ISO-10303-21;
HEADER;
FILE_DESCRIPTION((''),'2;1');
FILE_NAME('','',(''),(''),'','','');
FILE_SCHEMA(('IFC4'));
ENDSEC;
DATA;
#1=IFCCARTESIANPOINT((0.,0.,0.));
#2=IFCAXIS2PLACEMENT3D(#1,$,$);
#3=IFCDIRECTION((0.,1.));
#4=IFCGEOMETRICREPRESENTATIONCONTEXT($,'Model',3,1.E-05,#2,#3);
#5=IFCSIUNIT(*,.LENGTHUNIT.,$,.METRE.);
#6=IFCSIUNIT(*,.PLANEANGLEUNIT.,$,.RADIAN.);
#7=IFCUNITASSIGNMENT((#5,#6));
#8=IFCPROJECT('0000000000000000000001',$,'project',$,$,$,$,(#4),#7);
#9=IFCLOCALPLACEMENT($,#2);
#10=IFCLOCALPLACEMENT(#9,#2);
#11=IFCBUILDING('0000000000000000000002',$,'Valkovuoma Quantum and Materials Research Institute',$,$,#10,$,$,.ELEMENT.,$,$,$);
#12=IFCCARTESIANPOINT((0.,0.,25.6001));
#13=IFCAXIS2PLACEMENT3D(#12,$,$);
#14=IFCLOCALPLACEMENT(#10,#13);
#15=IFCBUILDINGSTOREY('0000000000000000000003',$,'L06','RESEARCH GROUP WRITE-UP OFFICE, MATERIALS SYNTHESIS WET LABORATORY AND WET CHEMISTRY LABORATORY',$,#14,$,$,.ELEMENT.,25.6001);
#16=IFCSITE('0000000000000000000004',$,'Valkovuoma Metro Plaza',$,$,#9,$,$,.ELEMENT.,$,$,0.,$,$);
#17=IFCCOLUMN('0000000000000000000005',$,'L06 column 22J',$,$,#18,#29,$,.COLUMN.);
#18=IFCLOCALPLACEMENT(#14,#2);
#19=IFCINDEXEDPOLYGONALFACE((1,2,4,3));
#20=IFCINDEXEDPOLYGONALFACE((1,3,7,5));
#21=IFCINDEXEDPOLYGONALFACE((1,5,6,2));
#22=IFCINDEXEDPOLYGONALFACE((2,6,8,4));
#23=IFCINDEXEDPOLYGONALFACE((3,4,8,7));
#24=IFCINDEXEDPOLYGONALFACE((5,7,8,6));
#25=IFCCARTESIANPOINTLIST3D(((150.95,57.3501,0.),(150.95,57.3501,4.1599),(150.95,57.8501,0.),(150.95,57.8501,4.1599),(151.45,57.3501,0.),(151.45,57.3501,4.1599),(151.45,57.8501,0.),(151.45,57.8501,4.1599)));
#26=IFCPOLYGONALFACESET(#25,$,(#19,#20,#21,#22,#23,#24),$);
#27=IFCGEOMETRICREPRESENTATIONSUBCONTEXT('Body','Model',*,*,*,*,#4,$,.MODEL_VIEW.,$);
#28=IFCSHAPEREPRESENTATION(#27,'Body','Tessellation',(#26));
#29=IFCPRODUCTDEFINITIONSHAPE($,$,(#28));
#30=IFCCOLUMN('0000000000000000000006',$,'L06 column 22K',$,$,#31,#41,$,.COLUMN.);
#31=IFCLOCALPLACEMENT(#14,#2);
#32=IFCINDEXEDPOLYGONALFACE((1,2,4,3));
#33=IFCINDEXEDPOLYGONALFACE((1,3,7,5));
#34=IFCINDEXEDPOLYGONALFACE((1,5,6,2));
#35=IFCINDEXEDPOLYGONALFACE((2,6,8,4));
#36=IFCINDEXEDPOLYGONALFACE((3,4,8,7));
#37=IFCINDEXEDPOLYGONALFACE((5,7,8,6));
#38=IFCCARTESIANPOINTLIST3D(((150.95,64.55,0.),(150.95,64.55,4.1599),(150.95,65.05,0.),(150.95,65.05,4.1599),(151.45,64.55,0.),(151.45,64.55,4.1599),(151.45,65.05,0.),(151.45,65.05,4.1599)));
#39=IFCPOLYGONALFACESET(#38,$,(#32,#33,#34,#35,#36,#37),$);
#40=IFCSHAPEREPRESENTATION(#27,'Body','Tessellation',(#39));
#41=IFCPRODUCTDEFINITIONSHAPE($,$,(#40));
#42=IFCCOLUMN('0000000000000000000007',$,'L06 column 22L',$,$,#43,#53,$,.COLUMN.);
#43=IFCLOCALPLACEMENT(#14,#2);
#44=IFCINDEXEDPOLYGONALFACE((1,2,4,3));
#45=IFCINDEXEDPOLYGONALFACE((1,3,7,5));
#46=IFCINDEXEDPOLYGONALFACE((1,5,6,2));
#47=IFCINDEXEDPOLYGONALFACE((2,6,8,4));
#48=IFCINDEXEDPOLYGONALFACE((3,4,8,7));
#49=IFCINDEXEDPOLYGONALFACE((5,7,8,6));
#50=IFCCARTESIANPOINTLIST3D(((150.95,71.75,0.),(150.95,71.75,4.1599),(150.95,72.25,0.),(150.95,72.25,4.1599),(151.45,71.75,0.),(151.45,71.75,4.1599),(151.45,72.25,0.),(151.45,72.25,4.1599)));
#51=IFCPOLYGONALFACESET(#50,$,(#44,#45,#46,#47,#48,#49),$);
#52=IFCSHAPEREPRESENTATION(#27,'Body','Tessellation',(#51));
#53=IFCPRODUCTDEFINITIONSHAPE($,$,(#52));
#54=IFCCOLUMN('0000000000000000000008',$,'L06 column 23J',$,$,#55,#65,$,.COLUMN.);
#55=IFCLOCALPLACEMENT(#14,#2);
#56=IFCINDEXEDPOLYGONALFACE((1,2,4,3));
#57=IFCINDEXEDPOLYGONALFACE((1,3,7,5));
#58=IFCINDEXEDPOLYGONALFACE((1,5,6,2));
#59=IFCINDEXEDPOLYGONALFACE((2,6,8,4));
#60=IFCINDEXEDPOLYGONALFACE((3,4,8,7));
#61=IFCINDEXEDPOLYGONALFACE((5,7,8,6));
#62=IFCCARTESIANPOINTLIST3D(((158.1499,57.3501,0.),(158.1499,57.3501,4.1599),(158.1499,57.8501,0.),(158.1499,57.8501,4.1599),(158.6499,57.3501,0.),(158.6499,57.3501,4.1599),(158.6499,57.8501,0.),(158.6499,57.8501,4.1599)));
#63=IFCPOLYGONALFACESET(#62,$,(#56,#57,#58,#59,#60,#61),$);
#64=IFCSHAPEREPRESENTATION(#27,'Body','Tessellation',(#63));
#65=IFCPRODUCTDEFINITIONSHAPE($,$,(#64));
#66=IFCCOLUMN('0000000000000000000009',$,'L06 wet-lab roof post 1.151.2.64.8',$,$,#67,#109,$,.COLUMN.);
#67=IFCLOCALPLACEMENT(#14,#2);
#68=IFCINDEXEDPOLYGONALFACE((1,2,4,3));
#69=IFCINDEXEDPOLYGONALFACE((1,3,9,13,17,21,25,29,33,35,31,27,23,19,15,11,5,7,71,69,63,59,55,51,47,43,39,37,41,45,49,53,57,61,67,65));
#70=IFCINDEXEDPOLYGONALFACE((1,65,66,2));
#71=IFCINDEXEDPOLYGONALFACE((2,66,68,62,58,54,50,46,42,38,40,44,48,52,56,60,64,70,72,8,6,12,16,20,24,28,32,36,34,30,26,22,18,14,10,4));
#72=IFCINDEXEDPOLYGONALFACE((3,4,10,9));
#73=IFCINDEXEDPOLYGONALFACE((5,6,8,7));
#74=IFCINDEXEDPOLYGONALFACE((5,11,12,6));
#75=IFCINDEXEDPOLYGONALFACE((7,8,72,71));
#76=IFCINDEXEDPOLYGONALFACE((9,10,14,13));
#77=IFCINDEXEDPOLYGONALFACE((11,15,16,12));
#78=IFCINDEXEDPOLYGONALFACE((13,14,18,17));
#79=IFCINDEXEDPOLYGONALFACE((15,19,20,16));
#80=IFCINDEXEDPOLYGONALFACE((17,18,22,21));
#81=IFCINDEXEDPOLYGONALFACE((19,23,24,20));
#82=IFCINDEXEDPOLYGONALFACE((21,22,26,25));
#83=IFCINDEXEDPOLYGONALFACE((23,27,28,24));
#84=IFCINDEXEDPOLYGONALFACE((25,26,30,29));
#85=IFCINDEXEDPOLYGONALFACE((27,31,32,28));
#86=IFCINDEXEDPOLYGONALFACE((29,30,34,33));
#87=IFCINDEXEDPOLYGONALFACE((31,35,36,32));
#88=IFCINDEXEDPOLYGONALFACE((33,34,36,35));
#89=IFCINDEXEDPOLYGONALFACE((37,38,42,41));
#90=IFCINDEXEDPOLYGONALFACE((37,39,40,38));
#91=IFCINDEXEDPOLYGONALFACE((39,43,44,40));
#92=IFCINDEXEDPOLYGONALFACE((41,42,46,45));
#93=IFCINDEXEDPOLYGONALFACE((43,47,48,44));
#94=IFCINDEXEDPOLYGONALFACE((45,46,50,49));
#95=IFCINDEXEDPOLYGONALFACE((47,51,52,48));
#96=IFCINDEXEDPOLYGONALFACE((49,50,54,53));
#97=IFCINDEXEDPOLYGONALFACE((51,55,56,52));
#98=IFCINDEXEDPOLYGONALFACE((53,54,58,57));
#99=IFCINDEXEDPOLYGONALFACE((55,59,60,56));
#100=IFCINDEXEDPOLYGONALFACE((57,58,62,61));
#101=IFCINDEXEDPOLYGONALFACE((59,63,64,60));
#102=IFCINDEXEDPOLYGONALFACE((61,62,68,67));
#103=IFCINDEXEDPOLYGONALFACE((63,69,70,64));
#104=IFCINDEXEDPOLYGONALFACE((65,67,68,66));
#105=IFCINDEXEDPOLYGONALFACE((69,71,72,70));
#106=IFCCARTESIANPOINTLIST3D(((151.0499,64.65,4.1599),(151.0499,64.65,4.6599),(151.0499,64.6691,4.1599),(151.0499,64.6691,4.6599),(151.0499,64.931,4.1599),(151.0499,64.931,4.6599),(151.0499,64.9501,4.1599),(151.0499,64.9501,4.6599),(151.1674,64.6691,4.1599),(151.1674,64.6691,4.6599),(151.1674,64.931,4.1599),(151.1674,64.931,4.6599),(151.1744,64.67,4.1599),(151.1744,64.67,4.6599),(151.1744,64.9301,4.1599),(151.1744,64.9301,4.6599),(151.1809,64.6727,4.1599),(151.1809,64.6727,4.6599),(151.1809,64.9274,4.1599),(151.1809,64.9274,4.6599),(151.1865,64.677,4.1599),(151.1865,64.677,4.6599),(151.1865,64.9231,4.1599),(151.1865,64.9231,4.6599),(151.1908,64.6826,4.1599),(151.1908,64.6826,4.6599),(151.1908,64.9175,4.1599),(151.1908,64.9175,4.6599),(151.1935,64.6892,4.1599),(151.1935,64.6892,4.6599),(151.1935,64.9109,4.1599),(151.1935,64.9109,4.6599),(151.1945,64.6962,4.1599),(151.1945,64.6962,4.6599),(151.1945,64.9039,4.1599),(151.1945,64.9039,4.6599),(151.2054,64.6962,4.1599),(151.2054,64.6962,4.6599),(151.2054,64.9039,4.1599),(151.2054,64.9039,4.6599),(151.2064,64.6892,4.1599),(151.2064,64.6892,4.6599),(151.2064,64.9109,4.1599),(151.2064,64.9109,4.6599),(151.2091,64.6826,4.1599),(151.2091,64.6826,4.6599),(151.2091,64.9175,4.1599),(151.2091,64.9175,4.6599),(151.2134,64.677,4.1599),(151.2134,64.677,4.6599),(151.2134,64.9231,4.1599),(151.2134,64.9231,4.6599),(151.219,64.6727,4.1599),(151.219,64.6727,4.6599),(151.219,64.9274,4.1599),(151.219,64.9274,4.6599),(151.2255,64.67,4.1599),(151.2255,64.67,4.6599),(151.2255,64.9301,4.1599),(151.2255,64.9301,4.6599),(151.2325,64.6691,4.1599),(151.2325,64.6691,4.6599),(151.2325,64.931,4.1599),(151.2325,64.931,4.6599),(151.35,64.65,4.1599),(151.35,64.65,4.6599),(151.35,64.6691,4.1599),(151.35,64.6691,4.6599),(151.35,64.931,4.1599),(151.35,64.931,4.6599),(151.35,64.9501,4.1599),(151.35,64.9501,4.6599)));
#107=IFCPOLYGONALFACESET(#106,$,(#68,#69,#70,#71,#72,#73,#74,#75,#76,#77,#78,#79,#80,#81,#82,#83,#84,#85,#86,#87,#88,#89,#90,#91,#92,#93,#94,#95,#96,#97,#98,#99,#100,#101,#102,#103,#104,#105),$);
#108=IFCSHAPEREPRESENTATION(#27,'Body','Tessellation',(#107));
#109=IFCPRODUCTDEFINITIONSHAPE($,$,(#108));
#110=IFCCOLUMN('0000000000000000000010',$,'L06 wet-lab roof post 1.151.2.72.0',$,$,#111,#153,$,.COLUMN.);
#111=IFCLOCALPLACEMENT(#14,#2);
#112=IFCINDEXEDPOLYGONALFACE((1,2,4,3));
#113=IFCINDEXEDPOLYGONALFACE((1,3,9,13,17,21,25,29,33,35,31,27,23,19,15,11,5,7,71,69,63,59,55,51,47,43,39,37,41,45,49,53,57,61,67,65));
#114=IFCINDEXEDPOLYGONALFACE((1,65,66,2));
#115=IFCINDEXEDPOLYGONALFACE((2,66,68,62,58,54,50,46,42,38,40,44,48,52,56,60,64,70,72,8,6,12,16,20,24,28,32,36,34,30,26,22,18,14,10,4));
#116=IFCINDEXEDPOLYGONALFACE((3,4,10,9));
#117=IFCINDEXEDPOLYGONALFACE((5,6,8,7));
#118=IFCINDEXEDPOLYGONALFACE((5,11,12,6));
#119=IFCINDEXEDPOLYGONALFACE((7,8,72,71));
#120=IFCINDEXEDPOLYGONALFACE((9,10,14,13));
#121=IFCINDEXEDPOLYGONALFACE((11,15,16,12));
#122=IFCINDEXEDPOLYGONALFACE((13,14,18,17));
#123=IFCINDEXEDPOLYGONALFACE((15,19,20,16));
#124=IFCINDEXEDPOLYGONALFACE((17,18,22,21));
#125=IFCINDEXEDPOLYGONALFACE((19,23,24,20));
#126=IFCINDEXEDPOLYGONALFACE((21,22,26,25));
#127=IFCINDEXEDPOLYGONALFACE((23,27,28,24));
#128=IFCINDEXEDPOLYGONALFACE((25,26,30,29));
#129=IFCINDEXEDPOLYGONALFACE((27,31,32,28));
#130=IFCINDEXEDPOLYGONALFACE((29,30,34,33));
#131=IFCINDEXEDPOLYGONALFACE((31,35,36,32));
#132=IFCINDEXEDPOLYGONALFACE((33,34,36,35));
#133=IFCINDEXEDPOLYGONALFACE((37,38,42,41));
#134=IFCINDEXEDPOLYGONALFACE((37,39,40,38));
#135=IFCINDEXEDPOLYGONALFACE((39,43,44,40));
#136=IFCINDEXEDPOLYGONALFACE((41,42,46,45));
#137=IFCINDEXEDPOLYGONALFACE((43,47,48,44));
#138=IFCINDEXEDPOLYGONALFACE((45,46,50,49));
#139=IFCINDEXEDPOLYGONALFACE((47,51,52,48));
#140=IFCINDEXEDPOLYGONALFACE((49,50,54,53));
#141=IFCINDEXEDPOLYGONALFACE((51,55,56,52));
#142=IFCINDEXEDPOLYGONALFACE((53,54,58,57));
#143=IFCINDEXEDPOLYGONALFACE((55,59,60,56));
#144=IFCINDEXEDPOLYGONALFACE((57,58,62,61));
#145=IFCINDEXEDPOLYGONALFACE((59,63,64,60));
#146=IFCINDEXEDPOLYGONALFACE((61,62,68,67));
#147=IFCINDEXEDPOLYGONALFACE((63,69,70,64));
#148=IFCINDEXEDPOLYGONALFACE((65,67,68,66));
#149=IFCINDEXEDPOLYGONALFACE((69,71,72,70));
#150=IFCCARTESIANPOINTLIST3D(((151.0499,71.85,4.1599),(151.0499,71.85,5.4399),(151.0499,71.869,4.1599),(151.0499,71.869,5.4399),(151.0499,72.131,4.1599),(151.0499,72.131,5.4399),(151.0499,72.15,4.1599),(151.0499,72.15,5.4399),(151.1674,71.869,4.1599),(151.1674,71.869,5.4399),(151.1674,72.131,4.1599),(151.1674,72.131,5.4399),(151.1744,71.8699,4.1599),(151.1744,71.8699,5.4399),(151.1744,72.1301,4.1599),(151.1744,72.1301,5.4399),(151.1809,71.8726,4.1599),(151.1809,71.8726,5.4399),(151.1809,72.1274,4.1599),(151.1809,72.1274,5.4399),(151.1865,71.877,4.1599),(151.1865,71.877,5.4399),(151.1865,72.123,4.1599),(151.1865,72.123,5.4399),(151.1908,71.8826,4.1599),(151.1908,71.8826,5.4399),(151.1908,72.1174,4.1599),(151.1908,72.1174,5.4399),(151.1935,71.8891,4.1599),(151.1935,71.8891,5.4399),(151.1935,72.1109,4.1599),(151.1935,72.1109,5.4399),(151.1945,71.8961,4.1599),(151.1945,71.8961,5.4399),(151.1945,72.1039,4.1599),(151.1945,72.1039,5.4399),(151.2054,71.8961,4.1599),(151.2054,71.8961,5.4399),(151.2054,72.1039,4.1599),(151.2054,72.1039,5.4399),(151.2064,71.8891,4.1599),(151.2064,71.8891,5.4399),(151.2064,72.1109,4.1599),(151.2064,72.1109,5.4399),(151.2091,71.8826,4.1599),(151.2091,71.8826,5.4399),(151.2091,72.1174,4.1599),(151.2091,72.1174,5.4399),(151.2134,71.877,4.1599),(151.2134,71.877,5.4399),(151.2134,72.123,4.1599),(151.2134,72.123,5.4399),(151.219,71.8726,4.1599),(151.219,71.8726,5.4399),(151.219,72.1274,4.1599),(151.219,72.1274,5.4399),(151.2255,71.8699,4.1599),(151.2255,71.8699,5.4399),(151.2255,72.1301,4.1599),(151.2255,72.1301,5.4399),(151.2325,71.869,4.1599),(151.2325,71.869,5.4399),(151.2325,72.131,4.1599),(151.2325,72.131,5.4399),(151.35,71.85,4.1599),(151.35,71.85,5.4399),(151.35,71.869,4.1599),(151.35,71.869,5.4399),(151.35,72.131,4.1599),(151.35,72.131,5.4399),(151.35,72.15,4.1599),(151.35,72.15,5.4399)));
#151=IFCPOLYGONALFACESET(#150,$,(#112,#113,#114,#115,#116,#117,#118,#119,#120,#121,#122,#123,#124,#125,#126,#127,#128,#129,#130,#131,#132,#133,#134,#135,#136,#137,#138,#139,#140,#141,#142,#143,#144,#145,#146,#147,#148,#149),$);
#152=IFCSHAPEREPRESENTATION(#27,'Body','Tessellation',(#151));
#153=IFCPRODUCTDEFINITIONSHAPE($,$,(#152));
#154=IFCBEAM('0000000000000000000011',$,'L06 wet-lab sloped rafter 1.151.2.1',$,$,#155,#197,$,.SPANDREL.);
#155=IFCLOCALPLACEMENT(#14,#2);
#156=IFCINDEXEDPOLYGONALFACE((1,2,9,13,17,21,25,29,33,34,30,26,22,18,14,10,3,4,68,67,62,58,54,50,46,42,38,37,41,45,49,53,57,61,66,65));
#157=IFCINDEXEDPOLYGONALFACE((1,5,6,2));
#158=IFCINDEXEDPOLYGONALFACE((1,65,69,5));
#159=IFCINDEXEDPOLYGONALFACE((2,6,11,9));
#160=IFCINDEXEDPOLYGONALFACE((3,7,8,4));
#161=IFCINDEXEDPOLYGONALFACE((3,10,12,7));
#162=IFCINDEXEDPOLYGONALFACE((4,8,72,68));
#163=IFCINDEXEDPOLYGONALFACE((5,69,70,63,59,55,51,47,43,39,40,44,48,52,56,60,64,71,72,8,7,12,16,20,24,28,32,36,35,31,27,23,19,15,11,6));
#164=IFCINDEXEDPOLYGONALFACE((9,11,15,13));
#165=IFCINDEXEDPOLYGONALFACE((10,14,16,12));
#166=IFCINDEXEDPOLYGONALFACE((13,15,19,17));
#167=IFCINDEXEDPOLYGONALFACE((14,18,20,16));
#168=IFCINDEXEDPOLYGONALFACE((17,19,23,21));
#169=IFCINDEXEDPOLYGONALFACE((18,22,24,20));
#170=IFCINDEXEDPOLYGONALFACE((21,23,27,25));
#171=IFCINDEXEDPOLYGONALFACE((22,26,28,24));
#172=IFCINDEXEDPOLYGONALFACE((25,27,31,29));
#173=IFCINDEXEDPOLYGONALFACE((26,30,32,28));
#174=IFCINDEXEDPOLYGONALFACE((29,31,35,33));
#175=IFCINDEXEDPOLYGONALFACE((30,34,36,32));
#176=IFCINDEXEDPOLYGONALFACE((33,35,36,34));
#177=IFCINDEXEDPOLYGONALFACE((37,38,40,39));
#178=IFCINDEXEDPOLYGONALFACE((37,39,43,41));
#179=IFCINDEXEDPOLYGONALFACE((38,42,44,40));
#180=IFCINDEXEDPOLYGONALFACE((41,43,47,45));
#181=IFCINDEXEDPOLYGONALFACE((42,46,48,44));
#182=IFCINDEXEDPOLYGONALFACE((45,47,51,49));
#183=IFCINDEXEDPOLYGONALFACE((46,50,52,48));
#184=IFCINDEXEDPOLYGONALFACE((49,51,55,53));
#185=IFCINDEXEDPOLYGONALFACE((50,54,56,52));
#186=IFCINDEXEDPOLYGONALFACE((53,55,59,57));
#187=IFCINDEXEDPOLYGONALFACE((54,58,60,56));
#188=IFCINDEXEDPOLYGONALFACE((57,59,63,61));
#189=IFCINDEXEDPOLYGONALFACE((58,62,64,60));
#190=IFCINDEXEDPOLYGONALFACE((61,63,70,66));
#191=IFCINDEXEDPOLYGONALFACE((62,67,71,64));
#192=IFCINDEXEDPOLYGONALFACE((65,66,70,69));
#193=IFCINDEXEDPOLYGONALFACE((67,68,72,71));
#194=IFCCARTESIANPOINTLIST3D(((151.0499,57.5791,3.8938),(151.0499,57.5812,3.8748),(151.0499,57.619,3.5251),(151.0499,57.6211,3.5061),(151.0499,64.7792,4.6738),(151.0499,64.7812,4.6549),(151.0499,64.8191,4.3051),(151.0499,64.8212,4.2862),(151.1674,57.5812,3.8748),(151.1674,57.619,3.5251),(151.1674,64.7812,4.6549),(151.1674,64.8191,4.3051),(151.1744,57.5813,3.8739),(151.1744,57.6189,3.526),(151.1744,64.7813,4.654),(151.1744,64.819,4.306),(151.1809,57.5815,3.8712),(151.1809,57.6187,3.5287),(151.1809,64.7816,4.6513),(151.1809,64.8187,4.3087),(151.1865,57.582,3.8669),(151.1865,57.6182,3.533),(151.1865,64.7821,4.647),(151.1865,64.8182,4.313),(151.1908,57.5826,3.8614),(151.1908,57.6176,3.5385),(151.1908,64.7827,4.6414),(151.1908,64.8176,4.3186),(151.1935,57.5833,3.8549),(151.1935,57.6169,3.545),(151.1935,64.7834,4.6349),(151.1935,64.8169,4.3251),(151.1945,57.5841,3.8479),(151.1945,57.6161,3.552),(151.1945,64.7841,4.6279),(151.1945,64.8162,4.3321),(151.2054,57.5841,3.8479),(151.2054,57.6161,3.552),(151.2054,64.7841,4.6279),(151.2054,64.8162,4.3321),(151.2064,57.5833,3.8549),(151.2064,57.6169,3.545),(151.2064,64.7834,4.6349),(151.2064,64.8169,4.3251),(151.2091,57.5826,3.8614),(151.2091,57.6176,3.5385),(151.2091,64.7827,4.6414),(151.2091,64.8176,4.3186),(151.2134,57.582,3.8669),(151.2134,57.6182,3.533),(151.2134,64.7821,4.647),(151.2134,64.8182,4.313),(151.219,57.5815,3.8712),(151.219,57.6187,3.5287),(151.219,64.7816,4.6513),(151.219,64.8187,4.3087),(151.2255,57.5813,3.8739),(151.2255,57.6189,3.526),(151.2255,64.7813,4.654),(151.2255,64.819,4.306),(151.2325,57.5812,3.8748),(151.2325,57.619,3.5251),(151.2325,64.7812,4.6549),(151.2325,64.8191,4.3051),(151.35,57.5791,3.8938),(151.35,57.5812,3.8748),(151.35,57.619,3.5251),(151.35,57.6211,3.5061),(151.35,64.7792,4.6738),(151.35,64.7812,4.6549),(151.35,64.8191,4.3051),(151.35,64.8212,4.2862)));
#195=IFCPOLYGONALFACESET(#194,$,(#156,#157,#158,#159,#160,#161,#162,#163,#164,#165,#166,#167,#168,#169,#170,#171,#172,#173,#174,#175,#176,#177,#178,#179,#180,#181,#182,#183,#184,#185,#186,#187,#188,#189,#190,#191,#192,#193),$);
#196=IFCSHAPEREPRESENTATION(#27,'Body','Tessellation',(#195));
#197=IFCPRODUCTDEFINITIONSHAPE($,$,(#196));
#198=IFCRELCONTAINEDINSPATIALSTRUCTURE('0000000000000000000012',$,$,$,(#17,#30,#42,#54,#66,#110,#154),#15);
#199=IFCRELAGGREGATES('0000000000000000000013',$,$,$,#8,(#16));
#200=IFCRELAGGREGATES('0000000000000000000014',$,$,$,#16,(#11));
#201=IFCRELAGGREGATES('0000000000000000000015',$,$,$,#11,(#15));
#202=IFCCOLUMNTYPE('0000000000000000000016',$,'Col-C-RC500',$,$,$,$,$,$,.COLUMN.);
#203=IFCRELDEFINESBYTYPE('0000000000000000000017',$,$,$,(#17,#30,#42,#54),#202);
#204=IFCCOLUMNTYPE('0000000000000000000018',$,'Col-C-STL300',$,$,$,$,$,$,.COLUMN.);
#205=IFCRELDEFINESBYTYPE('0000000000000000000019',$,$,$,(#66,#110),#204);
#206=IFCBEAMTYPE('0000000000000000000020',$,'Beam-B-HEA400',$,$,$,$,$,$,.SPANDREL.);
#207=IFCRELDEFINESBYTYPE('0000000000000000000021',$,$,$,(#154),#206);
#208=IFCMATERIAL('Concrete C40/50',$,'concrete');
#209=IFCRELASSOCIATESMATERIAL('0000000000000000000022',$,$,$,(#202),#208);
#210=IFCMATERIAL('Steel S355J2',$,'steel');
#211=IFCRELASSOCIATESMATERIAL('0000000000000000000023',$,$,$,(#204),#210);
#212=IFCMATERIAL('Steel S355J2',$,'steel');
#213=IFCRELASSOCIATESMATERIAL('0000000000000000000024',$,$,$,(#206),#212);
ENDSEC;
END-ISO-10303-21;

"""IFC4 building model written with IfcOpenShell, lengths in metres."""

from ifc_helpers import new_model, si_unit, direction, frame, origin, origin_2d, place, context, subcontext, project, spatial, rectangle, i_section, extrude, material, material_profile, profile_set, type_object, element, save


model = new_model("IFC4")

# Units and contexts
model_context = context("Model", 3, precision=1e-05, world=origin(), true_north=direction((0.0, 1.0)))
body_context = subcontext(model_context, "Body", "Model", "MODEL_VIEW")
ifc_project = project(units=[si_unit("LENGTHUNIT", "METRE"), si_unit("PLANEANGLEUNIT", "RADIAN")], contexts=[model_context])

# Site, building, storey
site_placement = place(None, origin())
site = spatial("IfcSite", under=ifc_project, at=site_placement, Name="Valkovuoma Metro Plaza", CompositionType="ELEMENT", RefElevation=0.0)
building_placement = place(site_placement, origin())
building = spatial("IfcBuilding", under=site, at=building_placement, Name="Valkovuoma Quantum and Materials Research Institute", CompositionType="ELEMENT")
storey_placement = place(building_placement, frame((0.0, 0.0, 25.6001)))
storey = spatial("IfcBuildingStorey", under=building, at=storey_placement, Name="L06", Description="RESEARCH GROUP WRITE-UP OFFICE, MATERIALS SYNTHESIS WET LABORATORY AND WET CHEMISTRY LABORATORY", CompositionType="ELEMENT", Elevation=25.6001)

# Columns
ifc_material_1 = material(Name="Concrete C40/50", Category="concrete")
ifc_material_profile_1 = material_profile(ifc_material_1, rectangle(XDim=0.5, YDim=0.5, at=origin_2d()), Name="Concrete C40/50")
ifc_profile_set_1 = profile_set([ifc_material_profile_1], Name="Concrete C40/50")
column_type_1 = type_object("IfcColumnType", Name="Col-C-RC500", PredefinedType="COLUMN", material=ifc_profile_set_1)
for number, where, z_axis, x_axis, name in (
    (1, (151.2, 57.6001, 0.0), (0.0, 0.0, 1.0), (1.0, 0.0, 0.0), "L06 column 22J"),
    (2, (151.2, 64.8, 0.0), (0.0, 0.0, 1.0), (1.0, 0.0, 0.0), "L06 column 22K"),
    (3, (151.2, 72.0, 0.0), (0.0, 0.0, 1.0), (1.0, 0.0, 0.0), "L06 column 22L"),
    (4, (158.3999, 57.6001, 0.0), (0.0, 0.0, 1.0), (1.0, 0.0, 0.0), "L06 column 23J"),
):
    element("IfcColumn", number, at=place(storey_placement, frame(where, z_axis=z_axis, x_axis=x_axis)), inside=storey, type_object=column_type_1, Name=name, PredefinedType="COLUMN", context=body_context, shape_type="SweptSolid", body=[
        extrude(rectangle(XDim=0.5, YDim=0.5, at=origin_2d()), origin(), (0.0, 0.0, 1.0), 4.1599),
    ])
ifc_material_2 = material(Name="Steel S355J2", Category="steel")
ifc_material_profile_2 = material_profile(ifc_material_2, i_section(OverallWidth=0.3, OverallDepth=0.3, WebThickness=0.011, FlangeThickness=0.019, FilletRadius=0.0271, at=origin_2d()), Name="Steel S355J2")
ifc_profile_set_2 = profile_set([ifc_material_profile_2], Name="Steel S355J2")
column_type_2 = type_object("IfcColumnType", Name="Col-C-STL300", PredefinedType="COLUMN", material=ifc_profile_set_2)
column_1_placement = place(storey_placement, frame((151.2, 64.8, 4.1599), z_axis=(0.0, 0.0, 1.0), x_axis=(1.0, 0.0, 0.0)))
element("IfcColumn", 5, at=column_1_placement, inside=storey, type_object=column_type_2, Name="L06 wet-lab roof post 1.151.2.64.8", PredefinedType="COLUMN", context=body_context, shape_type="SweptSolid", body=[
    extrude(i_section(OverallWidth=0.3, OverallDepth=0.3, WebThickness=0.011, FlangeThickness=0.019, FilletRadius=0.0271, at=origin_2d()), origin(), (0.0, 0.0, 1.0), 0.5),
])
column_2_placement = place(storey_placement, frame((151.2, 72.0, 4.1599), z_axis=(0.0, 0.0, 1.0), x_axis=(1.0, 0.0, 0.0)))
element("IfcColumn", 6, at=column_2_placement, inside=storey, type_object=column_type_2, Name="L06 wet-lab roof post 1.151.2.72.0", PredefinedType="COLUMN", context=body_context, shape_type="SweptSolid", body=[
    extrude(i_section(OverallWidth=0.3, OverallDepth=0.3, WebThickness=0.011, FlangeThickness=0.019, FilletRadius=0.0271, at=origin_2d()), origin(), (0.0, 0.0, 1.0), 1.28),
])

# Beam
ifc_material_3 = material(Name="Steel S355J2", Category="steel")
ifc_material_profile_3 = material_profile(ifc_material_3, i_section(OverallWidth=0.3, OverallDepth=0.3899, WebThickness=0.011, FlangeThickness=0.019, FilletRadius=0.0271, at=origin_2d()), Name="Steel S355J2")
ifc_profile_set_3 = profile_set([ifc_material_profile_3], Name="Steel S355J2")
beam_type_1 = type_object("IfcBeamType", Name="Beam-B-HEA400", PredefinedType="SPANDREL", material=ifc_profile_set_3)
for number, where, z_axis, x_axis, name in (
    (7, (151.2, 57.6001, 3.7), (0.0, 0.994183, 0.107708), (-1.0, 0.0, 0.0), "L06 wet-lab sloped rafter 1.151.2.1"),
):
    element("IfcBeam", number, at=place(storey_placement, frame(where, z_axis=z_axis, x_axis=x_axis)), inside=storey, type_object=beam_type_1, Name=name, PredefinedType="SPANDREL", context=body_context, shape_type="SweptSolid", body=[
        extrude(i_section(OverallWidth=0.3, OverallDepth=0.3899, WebThickness=0.011, FlangeThickness=0.019, FilletRadius=0.0271, at=origin_2d()), origin(), (0.0, 0.0, 1.0), 7.2422),
    ])

save(model, "model.ifc")
